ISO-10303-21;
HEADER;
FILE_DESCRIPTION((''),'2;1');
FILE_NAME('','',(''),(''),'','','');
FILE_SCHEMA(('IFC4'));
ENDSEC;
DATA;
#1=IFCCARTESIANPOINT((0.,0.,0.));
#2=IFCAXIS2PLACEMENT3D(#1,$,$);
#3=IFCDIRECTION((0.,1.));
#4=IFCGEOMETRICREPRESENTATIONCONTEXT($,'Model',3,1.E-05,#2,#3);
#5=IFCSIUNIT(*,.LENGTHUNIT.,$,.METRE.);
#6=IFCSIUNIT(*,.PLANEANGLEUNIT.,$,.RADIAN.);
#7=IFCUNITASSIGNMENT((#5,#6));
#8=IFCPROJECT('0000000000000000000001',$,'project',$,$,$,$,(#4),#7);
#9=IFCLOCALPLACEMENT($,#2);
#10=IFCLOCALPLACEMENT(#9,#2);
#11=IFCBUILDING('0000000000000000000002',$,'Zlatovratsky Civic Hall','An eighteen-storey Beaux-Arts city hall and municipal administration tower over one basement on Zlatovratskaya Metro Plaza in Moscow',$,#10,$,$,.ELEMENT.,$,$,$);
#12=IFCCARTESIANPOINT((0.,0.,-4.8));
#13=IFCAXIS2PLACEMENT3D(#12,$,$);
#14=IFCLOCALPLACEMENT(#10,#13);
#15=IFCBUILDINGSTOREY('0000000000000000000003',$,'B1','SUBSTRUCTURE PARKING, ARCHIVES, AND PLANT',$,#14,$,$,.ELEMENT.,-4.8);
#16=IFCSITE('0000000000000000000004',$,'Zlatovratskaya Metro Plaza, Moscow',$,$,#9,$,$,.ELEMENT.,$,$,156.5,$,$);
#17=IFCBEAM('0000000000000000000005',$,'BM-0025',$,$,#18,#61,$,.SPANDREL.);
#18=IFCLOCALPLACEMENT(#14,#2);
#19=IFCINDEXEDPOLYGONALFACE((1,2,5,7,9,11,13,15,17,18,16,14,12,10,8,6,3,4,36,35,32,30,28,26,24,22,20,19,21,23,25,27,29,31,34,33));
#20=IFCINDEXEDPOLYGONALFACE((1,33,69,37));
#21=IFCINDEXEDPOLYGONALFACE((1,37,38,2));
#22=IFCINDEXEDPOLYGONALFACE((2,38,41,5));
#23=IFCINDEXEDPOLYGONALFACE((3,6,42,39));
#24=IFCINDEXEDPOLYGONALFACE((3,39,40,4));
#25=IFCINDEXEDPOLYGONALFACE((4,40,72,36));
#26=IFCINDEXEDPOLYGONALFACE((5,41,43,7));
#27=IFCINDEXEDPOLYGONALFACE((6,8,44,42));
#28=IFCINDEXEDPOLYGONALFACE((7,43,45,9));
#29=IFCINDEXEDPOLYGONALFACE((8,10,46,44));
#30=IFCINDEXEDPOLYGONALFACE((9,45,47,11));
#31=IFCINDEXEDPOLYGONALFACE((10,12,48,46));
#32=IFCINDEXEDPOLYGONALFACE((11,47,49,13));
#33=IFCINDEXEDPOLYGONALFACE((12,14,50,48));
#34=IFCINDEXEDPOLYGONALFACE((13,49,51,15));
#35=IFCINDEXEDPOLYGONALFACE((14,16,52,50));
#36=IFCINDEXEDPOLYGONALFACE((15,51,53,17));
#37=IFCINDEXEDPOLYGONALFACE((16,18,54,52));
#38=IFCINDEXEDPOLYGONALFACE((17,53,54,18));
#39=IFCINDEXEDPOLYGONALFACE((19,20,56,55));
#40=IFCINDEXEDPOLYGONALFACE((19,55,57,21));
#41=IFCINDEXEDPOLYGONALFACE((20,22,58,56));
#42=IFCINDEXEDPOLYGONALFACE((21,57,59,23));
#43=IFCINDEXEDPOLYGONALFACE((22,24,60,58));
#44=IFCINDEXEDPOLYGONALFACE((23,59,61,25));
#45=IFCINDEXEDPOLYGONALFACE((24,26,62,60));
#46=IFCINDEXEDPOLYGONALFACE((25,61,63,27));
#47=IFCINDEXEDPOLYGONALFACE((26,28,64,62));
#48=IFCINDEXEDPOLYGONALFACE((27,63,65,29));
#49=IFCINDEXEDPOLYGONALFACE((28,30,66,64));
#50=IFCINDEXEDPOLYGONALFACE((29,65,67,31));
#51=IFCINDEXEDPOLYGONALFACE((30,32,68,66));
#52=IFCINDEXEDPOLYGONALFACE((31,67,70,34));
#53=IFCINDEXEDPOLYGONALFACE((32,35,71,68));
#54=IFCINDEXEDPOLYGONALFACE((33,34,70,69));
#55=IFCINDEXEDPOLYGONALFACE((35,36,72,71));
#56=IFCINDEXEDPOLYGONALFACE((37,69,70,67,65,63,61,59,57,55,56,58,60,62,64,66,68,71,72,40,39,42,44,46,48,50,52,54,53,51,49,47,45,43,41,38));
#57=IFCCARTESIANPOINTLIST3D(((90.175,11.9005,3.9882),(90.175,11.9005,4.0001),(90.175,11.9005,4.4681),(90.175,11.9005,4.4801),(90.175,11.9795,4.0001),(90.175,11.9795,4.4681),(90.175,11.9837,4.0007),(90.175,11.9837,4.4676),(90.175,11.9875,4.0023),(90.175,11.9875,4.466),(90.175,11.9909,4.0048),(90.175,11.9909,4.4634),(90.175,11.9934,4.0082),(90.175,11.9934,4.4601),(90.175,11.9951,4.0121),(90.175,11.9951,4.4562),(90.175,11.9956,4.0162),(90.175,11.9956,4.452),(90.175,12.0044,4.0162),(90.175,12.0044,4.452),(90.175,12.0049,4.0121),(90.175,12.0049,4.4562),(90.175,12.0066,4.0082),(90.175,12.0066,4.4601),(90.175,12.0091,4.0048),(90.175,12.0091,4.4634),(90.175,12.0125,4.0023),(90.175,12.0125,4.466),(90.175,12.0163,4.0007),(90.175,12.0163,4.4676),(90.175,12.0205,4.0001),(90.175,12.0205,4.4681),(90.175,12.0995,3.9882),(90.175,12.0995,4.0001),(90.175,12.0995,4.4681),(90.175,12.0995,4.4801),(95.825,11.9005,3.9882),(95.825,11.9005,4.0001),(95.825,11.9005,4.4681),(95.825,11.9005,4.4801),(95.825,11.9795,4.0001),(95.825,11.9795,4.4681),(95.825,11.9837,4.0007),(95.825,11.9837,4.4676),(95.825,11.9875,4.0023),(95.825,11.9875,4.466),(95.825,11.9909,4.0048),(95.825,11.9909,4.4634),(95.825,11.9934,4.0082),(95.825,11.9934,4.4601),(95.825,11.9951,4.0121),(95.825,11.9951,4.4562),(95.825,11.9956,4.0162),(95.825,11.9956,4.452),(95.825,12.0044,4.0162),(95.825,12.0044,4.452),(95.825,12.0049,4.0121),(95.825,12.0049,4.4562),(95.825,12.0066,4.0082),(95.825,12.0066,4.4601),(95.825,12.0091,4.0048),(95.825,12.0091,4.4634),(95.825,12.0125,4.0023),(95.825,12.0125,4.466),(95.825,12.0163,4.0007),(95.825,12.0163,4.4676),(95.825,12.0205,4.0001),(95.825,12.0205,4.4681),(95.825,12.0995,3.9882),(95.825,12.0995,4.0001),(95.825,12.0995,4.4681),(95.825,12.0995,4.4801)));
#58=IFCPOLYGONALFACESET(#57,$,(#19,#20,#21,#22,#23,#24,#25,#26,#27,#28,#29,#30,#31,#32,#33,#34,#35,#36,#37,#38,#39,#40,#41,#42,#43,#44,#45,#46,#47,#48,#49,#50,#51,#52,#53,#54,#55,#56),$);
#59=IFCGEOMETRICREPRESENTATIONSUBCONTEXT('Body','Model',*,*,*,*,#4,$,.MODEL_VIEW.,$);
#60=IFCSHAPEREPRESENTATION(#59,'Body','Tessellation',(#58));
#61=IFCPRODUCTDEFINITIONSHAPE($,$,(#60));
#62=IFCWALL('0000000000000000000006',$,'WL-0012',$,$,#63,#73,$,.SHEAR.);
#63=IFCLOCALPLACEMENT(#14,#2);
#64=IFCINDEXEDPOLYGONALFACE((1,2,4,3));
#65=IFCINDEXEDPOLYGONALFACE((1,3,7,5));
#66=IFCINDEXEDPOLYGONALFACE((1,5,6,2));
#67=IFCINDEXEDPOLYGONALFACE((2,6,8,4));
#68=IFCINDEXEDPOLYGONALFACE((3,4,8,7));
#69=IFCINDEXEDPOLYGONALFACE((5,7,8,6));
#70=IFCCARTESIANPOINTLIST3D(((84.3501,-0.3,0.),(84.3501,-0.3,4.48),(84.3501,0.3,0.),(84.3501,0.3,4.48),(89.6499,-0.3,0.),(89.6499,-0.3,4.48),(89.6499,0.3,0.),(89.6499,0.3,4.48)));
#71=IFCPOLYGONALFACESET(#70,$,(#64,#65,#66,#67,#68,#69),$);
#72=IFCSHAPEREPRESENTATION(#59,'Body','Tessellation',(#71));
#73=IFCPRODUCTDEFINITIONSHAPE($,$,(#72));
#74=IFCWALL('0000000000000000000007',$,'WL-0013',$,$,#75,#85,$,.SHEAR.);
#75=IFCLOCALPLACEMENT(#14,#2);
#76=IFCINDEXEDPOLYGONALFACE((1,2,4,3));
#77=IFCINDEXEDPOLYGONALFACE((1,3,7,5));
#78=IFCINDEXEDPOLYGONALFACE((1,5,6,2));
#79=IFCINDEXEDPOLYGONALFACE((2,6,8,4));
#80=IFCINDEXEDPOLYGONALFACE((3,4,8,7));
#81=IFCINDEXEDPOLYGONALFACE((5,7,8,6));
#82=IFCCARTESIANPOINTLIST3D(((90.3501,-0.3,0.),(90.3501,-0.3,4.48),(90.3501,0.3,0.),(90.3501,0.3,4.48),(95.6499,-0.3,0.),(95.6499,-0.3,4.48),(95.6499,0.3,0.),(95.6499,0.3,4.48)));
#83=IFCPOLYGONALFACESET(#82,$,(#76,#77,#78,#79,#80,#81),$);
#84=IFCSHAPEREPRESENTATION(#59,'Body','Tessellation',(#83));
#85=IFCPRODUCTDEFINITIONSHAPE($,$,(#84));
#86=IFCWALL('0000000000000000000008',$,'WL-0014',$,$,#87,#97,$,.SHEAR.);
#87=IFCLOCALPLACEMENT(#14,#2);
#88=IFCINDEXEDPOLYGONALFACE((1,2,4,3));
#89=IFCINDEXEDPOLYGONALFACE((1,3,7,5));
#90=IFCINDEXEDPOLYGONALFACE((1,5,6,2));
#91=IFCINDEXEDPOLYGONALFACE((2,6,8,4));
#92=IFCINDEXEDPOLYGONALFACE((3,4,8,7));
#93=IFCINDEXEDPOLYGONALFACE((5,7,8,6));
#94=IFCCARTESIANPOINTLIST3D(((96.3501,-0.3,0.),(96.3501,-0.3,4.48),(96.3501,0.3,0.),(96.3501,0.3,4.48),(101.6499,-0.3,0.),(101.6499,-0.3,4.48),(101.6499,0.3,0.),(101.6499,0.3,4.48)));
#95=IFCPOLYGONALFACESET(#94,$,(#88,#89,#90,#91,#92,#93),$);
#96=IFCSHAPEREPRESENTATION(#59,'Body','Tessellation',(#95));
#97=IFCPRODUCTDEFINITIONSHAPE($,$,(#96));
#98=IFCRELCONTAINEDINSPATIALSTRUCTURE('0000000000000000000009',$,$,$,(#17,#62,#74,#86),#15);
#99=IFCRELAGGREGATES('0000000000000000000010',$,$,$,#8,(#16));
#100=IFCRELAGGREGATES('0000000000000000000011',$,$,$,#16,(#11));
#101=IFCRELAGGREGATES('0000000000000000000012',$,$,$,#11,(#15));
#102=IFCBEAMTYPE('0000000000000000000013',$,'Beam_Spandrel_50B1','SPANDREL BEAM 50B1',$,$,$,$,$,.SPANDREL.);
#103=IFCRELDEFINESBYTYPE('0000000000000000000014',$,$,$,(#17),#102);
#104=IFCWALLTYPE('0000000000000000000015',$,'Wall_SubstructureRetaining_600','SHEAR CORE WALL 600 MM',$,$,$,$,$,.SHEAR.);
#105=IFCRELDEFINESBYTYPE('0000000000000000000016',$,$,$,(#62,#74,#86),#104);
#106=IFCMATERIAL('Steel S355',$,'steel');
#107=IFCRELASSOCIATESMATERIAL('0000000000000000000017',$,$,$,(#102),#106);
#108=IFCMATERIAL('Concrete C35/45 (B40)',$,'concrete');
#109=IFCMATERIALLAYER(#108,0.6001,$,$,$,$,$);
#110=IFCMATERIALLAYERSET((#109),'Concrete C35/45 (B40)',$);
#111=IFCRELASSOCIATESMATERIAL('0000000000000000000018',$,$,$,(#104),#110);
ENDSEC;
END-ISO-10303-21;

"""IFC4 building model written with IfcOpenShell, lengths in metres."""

from ifc_helpers import new_model, si_unit, direction, frame, frame_2d, origin, origin_2d, place, context, subcontext, project, spatial, rectangle, i_section, extrude, material, layer, layer_set, material_profile, profile_set, type_object, element, save


model = new_model("IFC4")

# Units and contexts
model_context = context("Model", 3, precision=1e-05, world=origin(), true_north=direction((0.0, 1.0)))
body_context = subcontext(model_context, "Body", "Model", "MODEL_VIEW")
ifc_project = project(units=[si_unit("LENGTHUNIT", "METRE"), si_unit("PLANEANGLEUNIT", "RADIAN")], contexts=[model_context])

# Site, building, storey
site_placement = place(None, origin())
site = spatial("IfcSite", under=ifc_project, at=site_placement, Name="Zlatovratskaya Metro Plaza, Moscow", CompositionType="ELEMENT", RefElevation=156.5)
building_placement = place(site_placement, origin())
building = spatial("IfcBuilding", under=site, at=building_placement, Name="Zlatovratsky Civic Hall", Description="An eighteen-storey Beaux-Arts city hall and municipal administration tower over one basement on Zlatovratskaya Metro Plaza in Moscow", CompositionType="ELEMENT")
storey_placement = place(building_placement, frame((0.0, 0.0, -4.8)))
storey = spatial("IfcBuildingStorey", under=building, at=storey_placement, Name="B1", Description="SUBSTRUCTURE PARKING, ARCHIVES, AND PLANT", CompositionType="ELEMENT", Elevation=-4.8)

# Shared definitions
ifc_material_1 = material(Name="Concrete C35/45 (B40)", Category="concrete")
ifc_material_2 = material(Name="Steel S355", Category="steel")

# Beam
ifc_material_profile_1 = material_profile(ifc_material_2, i_section(OverallWidth=0.199, OverallDepth=0.4919, WebThickness=0.0088, FlangeThickness=0.012, FilletRadius=0.0161, at=origin_2d()), Name="50B1")
ifc_profile_set_1 = profile_set([ifc_material_profile_1], Name="Steel S355")
beam_type = type_object("IfcBeamType", Name="Beam_Spandrel_50B1", Description="SPANDREL BEAM 50B1", PredefinedType="SPANDREL", material=ifc_profile_set_1)
for number, where, z_axis, x_axis, name in (
    (1, (90.175, 12.0, 4.2341), (1.0, 0.0, 0.0), (0.0, 1.0, 0.0), "BM-0025"),
):
    element("IfcBeam", number, at=place(storey_placement, frame(where, z_axis=z_axis, x_axis=x_axis)), inside=storey, type_object=beam_type, Name=name, PredefinedType="SPANDREL", context=body_context, shape_type="SweptSolid", body=[
        extrude(i_section(OverallWidth=0.199, OverallDepth=0.4919, WebThickness=0.0088, FlangeThickness=0.012, FilletRadius=0.0161, at=origin_2d()), origin(), (0.0, 0.0, 1.0), 5.6499),
    ])

# Walls
ifc_layer = layer(ifc_material_1, 0.6001)
ifc_layer_set = layer_set([ifc_layer], Name="Concrete C35/45 (B40)")
wall_type = type_object("IfcWallType", Name="Wall_SubstructureRetaining_600", Description="SHEAR CORE WALL 600 MM", PredefinedType="SHEAR", material=ifc_layer_set)
for number, where, z_axis, x_axis, name in (
    (2, (84.3501, 0.0, 0.0), (0.0, 0.0, 1.0), (1.0, 0.0, 0.0), "WL-0012"),
    (3, (90.3501, 0.0, 0.0), (0.0, 0.0, 1.0), (1.0, 0.0, 0.0), "WL-0013"),
    (4, (96.3501, 0.0, 0.0), (0.0, 0.0, 1.0), (1.0, 0.0, 0.0), "WL-0014"),
):
    element("IfcWall", number, at=place(storey_placement, frame(where, z_axis=z_axis, x_axis=x_axis)), inside=storey, type_object=wall_type, Name=name, PredefinedType="SHEAR", context=body_context, shape_type="SweptSolid", body=[
        extrude(rectangle(XDim=5.2998, YDim=0.6001, at=frame_2d((2.6499, 0.0))), origin(), (0.0, 0.0, 1.0), 4.48),
    ])

save(model, "model.ifc")
